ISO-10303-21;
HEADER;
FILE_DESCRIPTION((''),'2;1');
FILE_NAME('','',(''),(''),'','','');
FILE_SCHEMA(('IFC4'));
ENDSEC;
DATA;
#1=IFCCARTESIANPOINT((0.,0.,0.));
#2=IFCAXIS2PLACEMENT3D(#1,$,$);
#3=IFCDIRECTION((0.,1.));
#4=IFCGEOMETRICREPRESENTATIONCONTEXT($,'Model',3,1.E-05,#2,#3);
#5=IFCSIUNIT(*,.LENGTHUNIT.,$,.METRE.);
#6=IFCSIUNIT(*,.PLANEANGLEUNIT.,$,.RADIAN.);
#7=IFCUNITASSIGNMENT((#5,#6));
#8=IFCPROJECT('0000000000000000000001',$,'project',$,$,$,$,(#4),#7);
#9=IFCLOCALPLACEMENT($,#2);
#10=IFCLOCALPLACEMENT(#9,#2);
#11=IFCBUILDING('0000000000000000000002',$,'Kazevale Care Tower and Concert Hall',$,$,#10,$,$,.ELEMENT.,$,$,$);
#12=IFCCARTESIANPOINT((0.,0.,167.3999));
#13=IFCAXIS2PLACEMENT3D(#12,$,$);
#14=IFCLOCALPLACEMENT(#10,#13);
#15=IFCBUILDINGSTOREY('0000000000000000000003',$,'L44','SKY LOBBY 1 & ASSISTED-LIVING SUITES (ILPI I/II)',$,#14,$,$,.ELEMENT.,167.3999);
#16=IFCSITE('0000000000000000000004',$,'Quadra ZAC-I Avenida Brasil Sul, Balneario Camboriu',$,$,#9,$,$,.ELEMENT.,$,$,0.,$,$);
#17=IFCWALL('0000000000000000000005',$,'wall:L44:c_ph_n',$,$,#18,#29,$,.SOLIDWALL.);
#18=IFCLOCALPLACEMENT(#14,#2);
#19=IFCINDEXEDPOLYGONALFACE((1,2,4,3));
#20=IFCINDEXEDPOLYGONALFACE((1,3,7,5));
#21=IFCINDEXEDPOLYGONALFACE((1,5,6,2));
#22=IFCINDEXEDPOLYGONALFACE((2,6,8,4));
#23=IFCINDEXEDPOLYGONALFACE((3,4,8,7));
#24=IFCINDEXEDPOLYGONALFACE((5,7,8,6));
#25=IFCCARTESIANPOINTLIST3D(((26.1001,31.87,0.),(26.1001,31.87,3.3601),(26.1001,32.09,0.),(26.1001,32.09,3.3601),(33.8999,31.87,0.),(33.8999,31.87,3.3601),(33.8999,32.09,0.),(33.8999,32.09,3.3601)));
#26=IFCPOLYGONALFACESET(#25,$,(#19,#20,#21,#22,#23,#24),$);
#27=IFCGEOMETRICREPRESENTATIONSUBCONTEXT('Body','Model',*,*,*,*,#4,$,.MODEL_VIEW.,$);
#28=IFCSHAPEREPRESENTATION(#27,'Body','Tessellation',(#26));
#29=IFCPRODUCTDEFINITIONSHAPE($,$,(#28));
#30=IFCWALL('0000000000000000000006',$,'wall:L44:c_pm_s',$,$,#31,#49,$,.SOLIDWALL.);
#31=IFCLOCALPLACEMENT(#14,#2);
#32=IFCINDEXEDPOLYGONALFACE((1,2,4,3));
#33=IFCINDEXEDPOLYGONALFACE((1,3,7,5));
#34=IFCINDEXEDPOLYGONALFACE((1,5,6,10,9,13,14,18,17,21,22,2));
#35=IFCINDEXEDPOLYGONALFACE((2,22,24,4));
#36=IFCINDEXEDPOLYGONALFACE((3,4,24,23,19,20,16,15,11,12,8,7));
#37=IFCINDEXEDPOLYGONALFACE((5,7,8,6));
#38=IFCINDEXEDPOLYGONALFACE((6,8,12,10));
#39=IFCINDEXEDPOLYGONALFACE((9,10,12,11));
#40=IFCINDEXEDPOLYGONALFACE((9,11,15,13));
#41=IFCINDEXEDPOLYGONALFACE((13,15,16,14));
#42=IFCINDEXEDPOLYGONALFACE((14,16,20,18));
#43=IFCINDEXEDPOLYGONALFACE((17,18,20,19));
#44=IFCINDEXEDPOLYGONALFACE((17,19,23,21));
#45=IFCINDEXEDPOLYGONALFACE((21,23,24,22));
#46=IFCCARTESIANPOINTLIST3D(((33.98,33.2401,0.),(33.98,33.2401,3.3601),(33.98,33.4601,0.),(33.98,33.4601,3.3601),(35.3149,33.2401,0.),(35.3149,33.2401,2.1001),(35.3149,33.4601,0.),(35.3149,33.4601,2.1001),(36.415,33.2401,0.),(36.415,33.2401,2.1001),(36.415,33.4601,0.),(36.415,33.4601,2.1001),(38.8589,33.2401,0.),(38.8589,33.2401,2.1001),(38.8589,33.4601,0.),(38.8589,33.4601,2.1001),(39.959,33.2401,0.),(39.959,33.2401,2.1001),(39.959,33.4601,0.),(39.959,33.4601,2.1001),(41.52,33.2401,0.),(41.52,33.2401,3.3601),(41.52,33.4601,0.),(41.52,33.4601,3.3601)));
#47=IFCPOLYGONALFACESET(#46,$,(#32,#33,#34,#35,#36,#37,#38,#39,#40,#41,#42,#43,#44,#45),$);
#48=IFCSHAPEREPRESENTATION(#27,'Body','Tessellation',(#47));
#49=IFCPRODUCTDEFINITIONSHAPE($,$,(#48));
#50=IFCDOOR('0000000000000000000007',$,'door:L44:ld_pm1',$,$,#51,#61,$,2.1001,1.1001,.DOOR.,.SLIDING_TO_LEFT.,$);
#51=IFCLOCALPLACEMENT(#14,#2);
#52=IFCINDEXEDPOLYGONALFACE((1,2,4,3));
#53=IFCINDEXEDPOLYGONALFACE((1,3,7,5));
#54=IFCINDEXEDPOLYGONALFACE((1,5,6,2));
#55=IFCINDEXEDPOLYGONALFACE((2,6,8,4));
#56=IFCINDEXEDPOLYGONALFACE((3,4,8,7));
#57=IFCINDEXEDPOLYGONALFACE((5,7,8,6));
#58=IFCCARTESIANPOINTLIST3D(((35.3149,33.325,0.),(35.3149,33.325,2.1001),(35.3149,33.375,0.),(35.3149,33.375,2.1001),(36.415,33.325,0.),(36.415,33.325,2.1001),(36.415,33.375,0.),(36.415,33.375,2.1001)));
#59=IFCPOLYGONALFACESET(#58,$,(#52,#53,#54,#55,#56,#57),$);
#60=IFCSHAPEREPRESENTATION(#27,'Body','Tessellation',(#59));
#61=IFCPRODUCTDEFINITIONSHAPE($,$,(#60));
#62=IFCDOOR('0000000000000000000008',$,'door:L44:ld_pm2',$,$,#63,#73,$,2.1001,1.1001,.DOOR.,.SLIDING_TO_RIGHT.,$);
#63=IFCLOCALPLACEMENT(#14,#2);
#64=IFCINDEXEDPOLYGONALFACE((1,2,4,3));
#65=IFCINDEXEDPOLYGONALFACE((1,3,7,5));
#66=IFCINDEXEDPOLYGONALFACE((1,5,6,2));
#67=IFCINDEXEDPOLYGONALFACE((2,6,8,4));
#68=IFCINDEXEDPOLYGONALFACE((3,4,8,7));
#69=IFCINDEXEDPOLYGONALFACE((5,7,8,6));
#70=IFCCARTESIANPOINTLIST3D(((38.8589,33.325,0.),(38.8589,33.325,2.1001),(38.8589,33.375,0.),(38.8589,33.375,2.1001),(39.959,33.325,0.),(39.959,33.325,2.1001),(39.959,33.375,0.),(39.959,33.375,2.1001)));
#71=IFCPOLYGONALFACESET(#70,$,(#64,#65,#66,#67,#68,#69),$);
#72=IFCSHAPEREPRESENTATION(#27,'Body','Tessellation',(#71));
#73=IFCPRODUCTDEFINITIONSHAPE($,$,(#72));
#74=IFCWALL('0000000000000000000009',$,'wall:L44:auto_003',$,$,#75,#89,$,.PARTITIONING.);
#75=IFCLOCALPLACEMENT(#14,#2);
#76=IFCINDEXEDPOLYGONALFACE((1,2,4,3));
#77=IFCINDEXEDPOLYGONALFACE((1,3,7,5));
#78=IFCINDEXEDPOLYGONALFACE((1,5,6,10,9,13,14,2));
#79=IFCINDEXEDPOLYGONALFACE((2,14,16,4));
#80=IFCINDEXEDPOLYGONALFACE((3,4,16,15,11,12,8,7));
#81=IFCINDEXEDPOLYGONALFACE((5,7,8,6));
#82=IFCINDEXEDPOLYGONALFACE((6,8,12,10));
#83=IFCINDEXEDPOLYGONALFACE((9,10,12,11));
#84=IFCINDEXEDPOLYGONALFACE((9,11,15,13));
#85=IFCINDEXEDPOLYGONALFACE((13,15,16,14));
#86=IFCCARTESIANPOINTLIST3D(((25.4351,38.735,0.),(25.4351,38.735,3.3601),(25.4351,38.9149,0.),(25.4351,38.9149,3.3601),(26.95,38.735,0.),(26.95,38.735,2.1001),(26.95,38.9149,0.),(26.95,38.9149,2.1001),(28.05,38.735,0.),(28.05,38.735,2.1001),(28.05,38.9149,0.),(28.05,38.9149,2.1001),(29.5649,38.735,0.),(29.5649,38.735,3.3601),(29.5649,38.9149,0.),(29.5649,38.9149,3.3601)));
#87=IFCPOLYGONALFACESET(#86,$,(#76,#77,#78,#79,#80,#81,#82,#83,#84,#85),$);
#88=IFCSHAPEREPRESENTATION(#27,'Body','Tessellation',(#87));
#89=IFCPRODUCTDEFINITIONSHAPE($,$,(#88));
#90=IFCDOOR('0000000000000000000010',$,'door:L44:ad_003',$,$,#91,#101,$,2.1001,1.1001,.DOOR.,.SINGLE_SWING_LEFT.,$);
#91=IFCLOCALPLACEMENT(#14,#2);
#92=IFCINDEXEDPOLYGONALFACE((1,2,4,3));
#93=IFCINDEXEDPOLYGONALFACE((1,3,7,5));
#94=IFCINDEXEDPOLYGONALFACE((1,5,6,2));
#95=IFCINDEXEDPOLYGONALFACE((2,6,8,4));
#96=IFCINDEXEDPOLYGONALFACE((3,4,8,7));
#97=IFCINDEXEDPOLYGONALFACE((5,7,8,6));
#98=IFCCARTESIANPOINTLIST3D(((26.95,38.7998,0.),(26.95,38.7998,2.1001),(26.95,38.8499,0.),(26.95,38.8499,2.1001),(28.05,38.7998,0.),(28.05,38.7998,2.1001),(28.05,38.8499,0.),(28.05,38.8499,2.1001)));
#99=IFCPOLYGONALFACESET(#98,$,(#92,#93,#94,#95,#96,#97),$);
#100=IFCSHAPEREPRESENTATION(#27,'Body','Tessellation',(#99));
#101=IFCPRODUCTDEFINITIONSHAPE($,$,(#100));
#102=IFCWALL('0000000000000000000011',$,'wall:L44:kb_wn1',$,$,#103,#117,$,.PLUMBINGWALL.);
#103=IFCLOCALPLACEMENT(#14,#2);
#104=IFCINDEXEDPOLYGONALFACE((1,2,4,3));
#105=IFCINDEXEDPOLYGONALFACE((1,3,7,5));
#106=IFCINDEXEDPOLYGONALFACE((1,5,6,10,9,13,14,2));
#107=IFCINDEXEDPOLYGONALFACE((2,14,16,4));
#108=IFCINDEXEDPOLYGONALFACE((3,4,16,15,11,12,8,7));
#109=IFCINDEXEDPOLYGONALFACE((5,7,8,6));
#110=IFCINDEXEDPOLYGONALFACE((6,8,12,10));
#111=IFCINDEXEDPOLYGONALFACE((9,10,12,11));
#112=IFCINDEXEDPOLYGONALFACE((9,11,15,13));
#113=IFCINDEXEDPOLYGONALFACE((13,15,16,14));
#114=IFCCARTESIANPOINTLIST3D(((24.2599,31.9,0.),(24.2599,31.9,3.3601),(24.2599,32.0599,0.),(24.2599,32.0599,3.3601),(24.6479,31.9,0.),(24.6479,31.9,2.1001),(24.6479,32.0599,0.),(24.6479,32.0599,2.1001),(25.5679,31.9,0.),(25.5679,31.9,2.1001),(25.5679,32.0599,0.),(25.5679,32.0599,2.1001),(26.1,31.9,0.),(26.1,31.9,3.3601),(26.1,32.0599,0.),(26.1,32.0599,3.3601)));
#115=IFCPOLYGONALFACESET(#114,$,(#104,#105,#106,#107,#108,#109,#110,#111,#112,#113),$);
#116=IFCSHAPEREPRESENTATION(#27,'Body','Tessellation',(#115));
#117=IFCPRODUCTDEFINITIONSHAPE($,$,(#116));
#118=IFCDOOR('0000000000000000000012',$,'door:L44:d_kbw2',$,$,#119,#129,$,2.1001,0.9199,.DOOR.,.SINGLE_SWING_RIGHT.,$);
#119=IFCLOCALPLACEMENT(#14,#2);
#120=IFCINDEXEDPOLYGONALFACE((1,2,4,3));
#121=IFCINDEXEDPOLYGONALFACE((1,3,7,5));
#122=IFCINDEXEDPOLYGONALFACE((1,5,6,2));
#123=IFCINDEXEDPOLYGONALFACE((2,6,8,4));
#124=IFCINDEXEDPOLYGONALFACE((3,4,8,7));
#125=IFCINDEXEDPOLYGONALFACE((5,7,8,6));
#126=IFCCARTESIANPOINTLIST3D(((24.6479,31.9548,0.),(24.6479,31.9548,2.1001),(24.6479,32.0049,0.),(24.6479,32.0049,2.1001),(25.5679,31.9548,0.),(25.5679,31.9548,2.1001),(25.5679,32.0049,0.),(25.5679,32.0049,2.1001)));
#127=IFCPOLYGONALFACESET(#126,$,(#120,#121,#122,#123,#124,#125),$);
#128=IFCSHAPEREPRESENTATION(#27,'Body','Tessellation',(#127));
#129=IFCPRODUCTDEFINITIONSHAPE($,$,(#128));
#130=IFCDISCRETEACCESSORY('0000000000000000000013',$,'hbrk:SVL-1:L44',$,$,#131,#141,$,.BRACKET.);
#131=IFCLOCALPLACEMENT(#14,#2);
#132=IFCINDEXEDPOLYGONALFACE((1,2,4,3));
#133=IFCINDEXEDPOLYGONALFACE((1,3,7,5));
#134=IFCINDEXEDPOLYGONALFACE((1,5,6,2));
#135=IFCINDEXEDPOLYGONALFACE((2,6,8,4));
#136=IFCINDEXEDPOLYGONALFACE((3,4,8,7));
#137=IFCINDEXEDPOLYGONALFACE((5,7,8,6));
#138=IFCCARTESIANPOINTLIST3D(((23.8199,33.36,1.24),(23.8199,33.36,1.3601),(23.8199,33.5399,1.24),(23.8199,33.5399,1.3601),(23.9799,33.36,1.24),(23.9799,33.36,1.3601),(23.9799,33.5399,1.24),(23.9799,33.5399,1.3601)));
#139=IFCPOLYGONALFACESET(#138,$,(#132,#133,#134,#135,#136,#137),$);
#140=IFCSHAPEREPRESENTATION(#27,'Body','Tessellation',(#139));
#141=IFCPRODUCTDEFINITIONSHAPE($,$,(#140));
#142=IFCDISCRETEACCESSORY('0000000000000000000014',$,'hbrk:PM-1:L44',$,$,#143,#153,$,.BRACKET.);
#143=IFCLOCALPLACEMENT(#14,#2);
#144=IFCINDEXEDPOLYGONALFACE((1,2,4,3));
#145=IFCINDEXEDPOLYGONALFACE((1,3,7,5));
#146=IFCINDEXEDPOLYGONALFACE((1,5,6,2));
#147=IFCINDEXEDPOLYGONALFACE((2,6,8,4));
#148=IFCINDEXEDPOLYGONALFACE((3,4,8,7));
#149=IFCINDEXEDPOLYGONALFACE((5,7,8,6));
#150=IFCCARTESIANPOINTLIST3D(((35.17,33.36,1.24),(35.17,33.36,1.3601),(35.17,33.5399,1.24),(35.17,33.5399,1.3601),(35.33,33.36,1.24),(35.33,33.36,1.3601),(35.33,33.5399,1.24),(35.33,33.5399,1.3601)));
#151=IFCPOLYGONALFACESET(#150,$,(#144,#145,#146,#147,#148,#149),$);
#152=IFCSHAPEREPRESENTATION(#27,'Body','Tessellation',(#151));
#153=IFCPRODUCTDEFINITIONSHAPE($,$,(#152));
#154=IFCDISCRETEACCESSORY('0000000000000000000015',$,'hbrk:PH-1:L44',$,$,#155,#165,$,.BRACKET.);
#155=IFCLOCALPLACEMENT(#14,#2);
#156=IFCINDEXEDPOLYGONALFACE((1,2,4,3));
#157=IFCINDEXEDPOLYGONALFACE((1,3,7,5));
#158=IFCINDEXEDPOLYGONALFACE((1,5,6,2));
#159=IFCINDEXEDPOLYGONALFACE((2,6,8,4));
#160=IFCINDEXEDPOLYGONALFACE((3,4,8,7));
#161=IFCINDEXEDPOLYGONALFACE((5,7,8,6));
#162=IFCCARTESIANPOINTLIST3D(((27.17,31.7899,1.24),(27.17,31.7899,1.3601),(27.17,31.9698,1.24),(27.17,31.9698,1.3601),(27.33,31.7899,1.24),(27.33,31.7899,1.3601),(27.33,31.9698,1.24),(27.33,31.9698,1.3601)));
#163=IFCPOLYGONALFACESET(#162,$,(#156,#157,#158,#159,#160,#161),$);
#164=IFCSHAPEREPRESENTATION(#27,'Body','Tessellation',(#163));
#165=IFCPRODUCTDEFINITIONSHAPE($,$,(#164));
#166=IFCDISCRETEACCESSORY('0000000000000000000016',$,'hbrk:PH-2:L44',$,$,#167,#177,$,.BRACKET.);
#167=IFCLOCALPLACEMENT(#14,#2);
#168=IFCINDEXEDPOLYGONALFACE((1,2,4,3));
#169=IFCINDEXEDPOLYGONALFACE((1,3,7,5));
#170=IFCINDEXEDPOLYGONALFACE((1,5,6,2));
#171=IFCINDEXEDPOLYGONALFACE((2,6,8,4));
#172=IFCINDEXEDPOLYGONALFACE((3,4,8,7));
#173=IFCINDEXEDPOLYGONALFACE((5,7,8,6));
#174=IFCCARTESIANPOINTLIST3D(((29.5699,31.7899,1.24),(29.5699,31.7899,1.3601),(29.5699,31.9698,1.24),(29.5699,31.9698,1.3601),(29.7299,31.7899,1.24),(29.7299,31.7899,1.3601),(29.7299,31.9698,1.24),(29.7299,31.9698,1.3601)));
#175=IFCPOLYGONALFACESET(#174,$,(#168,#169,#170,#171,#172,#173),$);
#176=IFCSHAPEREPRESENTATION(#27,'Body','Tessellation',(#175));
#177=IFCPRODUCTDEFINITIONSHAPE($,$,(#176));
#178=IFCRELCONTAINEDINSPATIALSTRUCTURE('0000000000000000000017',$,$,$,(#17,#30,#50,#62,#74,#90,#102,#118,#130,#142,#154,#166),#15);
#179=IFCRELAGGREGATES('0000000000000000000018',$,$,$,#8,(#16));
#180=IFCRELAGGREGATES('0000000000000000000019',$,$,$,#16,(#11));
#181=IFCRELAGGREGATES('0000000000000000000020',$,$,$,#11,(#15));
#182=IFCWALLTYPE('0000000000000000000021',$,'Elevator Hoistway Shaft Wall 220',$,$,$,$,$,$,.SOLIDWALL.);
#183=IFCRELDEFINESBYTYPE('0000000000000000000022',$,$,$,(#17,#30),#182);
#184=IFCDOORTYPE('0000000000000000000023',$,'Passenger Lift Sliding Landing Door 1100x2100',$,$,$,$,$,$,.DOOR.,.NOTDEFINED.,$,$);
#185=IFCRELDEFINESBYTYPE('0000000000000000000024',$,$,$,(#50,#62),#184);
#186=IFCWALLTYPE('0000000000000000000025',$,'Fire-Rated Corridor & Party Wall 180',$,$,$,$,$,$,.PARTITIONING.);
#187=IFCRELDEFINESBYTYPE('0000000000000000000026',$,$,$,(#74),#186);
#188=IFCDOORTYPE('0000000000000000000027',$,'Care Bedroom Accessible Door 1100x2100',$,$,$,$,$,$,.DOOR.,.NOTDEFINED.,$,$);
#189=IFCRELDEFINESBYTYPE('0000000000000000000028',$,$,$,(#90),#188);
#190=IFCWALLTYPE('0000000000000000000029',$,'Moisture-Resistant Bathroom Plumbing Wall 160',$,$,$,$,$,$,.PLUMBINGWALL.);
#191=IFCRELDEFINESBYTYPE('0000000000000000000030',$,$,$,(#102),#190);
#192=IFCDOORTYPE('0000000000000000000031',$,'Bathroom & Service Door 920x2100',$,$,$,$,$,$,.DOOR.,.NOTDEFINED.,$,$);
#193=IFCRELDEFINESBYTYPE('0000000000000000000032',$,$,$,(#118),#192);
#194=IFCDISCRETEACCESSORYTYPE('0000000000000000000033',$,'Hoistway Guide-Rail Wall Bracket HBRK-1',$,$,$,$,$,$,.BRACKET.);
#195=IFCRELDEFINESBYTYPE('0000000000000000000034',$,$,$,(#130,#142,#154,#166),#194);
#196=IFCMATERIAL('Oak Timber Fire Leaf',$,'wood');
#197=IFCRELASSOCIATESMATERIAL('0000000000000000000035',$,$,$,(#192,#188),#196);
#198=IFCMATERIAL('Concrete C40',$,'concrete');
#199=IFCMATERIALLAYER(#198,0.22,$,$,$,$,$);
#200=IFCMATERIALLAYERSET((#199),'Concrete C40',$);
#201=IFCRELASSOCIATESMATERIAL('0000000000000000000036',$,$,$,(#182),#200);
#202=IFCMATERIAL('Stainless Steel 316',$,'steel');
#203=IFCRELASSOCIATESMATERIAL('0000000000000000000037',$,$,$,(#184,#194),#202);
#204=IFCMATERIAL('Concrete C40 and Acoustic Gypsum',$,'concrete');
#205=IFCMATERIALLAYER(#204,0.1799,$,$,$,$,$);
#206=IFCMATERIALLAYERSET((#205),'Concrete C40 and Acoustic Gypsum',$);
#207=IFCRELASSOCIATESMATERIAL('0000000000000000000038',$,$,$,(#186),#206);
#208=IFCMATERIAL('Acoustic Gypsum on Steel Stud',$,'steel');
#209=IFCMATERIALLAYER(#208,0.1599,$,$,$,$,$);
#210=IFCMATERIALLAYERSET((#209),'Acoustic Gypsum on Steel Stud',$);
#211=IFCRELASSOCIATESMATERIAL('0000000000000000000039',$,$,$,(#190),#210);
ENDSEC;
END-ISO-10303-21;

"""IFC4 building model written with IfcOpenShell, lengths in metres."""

from ifc_helpers import new_model, si_unit, direction, frame, frame_2d, origin, origin_2d, place, context, subcontext, project, spatial, rectangle, extrude, material, layer, layer_set, type_object, element, fill, save


model = new_model("IFC4")

# Units and contexts
model_context = context("Model", 3, precision=1e-05, world=origin(), true_north=direction((0.0, 1.0)))
body_context = subcontext(model_context, "Body", "Model", "MODEL_VIEW")
ifc_project = project(units=[si_unit("LENGTHUNIT", "METRE"), si_unit("PLANEANGLEUNIT", "RADIAN")], contexts=[model_context])

# Site, building, storey
site_placement = place(None, origin())
site = spatial("IfcSite", under=ifc_project, at=site_placement, Name="Quadra ZAC-I Avenida Brasil Sul, Balneario Camboriu", CompositionType="ELEMENT", RefElevation=0.0)
building_placement = place(site_placement, origin())
building = spatial("IfcBuilding", under=site, at=building_placement, Name="Kazevale Care Tower and Concert Hall", CompositionType="ELEMENT")
storey_placement = place(building_placement, frame((0.0, 0.0, 167.3999)))
storey = spatial("IfcBuildingStorey", under=building, at=storey_placement, Name="L44", Description="SKY LOBBY 1 & ASSISTED-LIVING SUITES (ILPI I/II)", CompositionType="ELEMENT", Elevation=167.3999)

# Shared definitions
ifc_material_1 = material(Name="Acoustic Gypsum on Steel Stud", Category="steel")
ifc_material_2 = material(Name="Oak Timber Fire Leaf", Category="wood")
door_type_1 = type_object("IfcDoorType", Name="Bathroom & Service Door 920x2100", OperationType="NOTDEFINED", PredefinedType="DOOR", material=ifc_material_2)

# Wall
ifc_material_3 = material(Name="Concrete C40", Category="concrete")
ifc_layer_1 = layer(ifc_material_3, 0.22)
ifc_layer_set_1 = layer_set([ifc_layer_1], Name="Concrete C40")
wall_type_1 = type_object("IfcWallType", Name="Elevator Hoistway Shaft Wall 220", PredefinedType="SOLIDWALL", material=ifc_layer_set_1)
wall_1_placement = place(storey_placement, frame((26.1001, 31.98, 0.0), z_axis=(0.0, 0.0, 1.0), x_axis=(1.0, 0.0, 0.0)))
element("IfcWall", 1, at=wall_1_placement, inside=storey, type_object=wall_type_1, Name="wall:L44:c_ph_n", PredefinedType="SOLIDWALL", context=body_context, shape_type="SweptSolid", body=[
    extrude(rectangle(XDim=7.7998, YDim=0.22, at=frame_2d((3.8999, 0.0))), origin(), (0.0, 0.0, 1.0), 3.3601),
])

# Wall, openings, doors
wall_2_placement = place(storey_placement, frame((33.98, 33.3501, 0.0), z_axis=(0.0, 0.0, 1.0), x_axis=(1.0, 0.0, 0.0)))
wall_2 = element("IfcWall", 2, at=wall_2_placement, inside=storey, type_object=wall_type_1, Name="wall:L44:c_pm_s", PredefinedType="SOLIDWALL", context=body_context, shape_type="SweptSolid", body=[
    extrude(rectangle(XDim=7.54, YDim=0.22, at=frame_2d((3.77, 0.0))), origin(), (0.0, 0.0, 1.0), 3.3601),
])
opening_1_placement = place(wall_2_placement, frame((1.335, 0.0, 0.0)))
opening_1 = element("IfcOpeningElement", 3, at=opening_1_placement, cuts=wall_2, PredefinedType="OPENING", context=body_context, shape_type="SweptSolid", body=[
    extrude(rectangle(XDim=1.1001, YDim=2.1001, at=frame_2d((0.55, 1.05))), frame((0.0, 0.1199, 0.0), z_axis=(0.0, -1.0, 0.0), x_axis=(1.0, 0.0, 0.0)), (0.0, 0.0, 1.0), 0.24),
])
opening_2_placement = place(wall_2_placement, frame((4.8789, 0.0, 0.0)))
opening_2 = element("IfcOpeningElement", 4, at=opening_2_placement, cuts=wall_2, PredefinedType="OPENING", context=body_context, shape_type="SweptSolid", body=[
    extrude(rectangle(XDim=1.1001, YDim=2.1001, at=frame_2d((0.55, 1.05))), frame((0.0, 0.1199, 0.0), z_axis=(0.0, -1.0, 0.0), x_axis=(1.0, 0.0, 0.0)), (0.0, 0.0, 1.0), 0.24),
])
ifc_material_4 = material(Name="Stainless Steel 316", Category="steel")
door_type_2 = type_object("IfcDoorType", Name="Passenger Lift Sliding Landing Door 1100x2100", OperationType="NOTDEFINED", PredefinedType="DOOR", material=ifc_material_4)
door_1_placement = place(opening_1_placement, origin())
door_1 = element("IfcDoor", 5, at=door_1_placement, inside=storey, type_object=door_type_2, Name="door:L44:ld_pm1", OperationType="SLIDING_TO_LEFT", OverallHeight=2.1001, OverallWidth=1.1001, PredefinedType="DOOR", context=body_context, shape_type="SweptSolid", body=[
    extrude(rectangle(XDim=1.1001, YDim=2.1001, at=frame_2d((0.55, 1.05))), frame((0.0, 0.0249, 0.0), z_axis=(0.0, -1.0, 0.0), x_axis=(1.0, 0.0, 0.0)), (0.0, 0.0, 1.0), 0.05),
])
fill(opening_1, door_1)
door_2_placement = place(opening_2_placement, origin())
door_2 = element("IfcDoor", 6, at=door_2_placement, inside=storey, type_object=door_type_2, Name="door:L44:ld_pm2", OperationType="SLIDING_TO_RIGHT", OverallHeight=2.1001, OverallWidth=1.1001, PredefinedType="DOOR", context=body_context, shape_type="SweptSolid", body=[
    extrude(rectangle(XDim=1.1001, YDim=2.1001, at=frame_2d((0.55, 1.05))), frame((0.0, 0.0249, 0.0), z_axis=(0.0, -1.0, 0.0), x_axis=(1.0, 0.0, 0.0)), (0.0, 0.0, 1.0), 0.05),
])
fill(opening_2, door_2)

# Walls, openings, doors
ifc_material_5 = material(Name="Concrete C40 and Acoustic Gypsum", Category="concrete")
ifc_layer_2 = layer(ifc_material_5, 0.1799)
ifc_layer_set_2 = layer_set([ifc_layer_2], Name="Concrete C40 and Acoustic Gypsum")
wall_type_2 = type_object("IfcWallType", Name="Fire-Rated Corridor & Party Wall 180", PredefinedType="PARTITIONING", material=ifc_layer_set_2)
wall_3_placement = place(storey_placement, frame((25.4351, 38.825, 0.0), z_axis=(0.0, 0.0, 1.0), x_axis=(1.0, 0.0, 0.0)))
wall_3 = element("IfcWall", 7, at=wall_3_placement, inside=storey, type_object=wall_type_2, Name="wall:L44:auto_003", PredefinedType="PARTITIONING", context=body_context, shape_type="SweptSolid", body=[
    extrude(rectangle(XDim=4.1299, YDim=0.1799, at=frame_2d((2.0649, 0.0))), origin(), (0.0, 0.0, 1.0), 3.3601),
])
opening_3_placement = place(wall_3_placement, frame((1.5149, 0.0, 0.0)))
opening_3 = element("IfcOpeningElement", 8, at=opening_3_placement, cuts=wall_3, PredefinedType="OPENING", context=body_context, shape_type="SweptSolid", body=[
    extrude(rectangle(XDim=1.1001, YDim=2.1001, at=frame_2d((0.55, 1.05))), frame((0.0, 0.0999, 0.0), z_axis=(0.0, -1.0, 0.0), x_axis=(1.0, 0.0, 0.0)), (0.0, 0.0, 1.0), 0.2),
])
door_type_3 = type_object("IfcDoorType", Name="Care Bedroom Accessible Door 1100x2100", OperationType="NOTDEFINED", PredefinedType="DOOR", material=ifc_material_2)
door_3_placement = place(opening_3_placement, origin())
door_3 = element("IfcDoor", 9, at=door_3_placement, inside=storey, type_object=door_type_3, Name="door:L44:ad_003", OperationType="SINGLE_SWING_LEFT", OverallHeight=2.1001, OverallWidth=1.1001, PredefinedType="DOOR", context=body_context, shape_type="SweptSolid", body=[
    extrude(rectangle(XDim=1.1001, YDim=2.1001, at=frame_2d((0.55, 1.05))), frame((0.0, 0.0249, 0.0), z_axis=(0.0, -1.0, 0.0), x_axis=(1.0, 0.0, 0.0)), (0.0, 0.0, 1.0), 0.05),
])
fill(opening_3, door_3)
ifc_layer_3 = layer(ifc_material_1, 0.1599)
ifc_layer_set_3 = layer_set([ifc_layer_3], Name="Acoustic Gypsum on Steel Stud")
wall_type_3 = type_object("IfcWallType", Name="Moisture-Resistant Bathroom Plumbing Wall 160", PredefinedType="PLUMBINGWALL", material=ifc_layer_set_3)
wall_4_placement = place(storey_placement, frame((24.26, 31.98, 0.0), z_axis=(0.0, 0.0, 1.0), x_axis=(1.0, 0.0, 0.0)))
wall_4 = element("IfcWall", 10, at=wall_4_placement, inside=storey, type_object=wall_type_3, Name="wall:L44:kb_wn1", PredefinedType="PLUMBINGWALL", context=body_context, shape_type="SweptSolid", body=[
    extrude(rectangle(XDim=1.8401, YDim=0.1599, at=frame_2d((0.9199, 0.0))), origin(), (0.0, 0.0, 1.0), 3.3601),
])
opening_4_placement = place(wall_4_placement, frame((0.3879, 0.0, 0.0)))
opening_4 = element("IfcOpeningElement", 11, at=opening_4_placement, cuts=wall_4, PredefinedType="OPENING", context=body_context, shape_type="SweptSolid", body=[
    extrude(rectangle(XDim=0.9199, YDim=2.1001, at=frame_2d((0.46, 1.05))), frame((0.0, 0.0898, 0.0), z_axis=(0.0, -1.0, 0.0), x_axis=(1.0, 0.0, 0.0)), (0.0, 0.0, 1.0), 0.1799),
])
door_4_placement = place(opening_4_placement, origin())
door_4 = element("IfcDoor", 12, at=door_4_placement, inside=storey, type_object=door_type_1, Name="door:L44:d_kbw2", OperationType="SINGLE_SWING_RIGHT", OverallHeight=2.1001, OverallWidth=0.9199, PredefinedType="DOOR", context=body_context, shape_type="SweptSolid", body=[
    extrude(rectangle(XDim=0.9199, YDim=2.1001, at=frame_2d((0.46, 1.05))), frame((0.0, 0.0249, 0.0), z_axis=(0.0, -1.0, 0.0), x_axis=(1.0, 0.0, 0.0)), (0.0, 0.0, 1.0), 0.05),
])
fill(opening_4, door_4)

# Discrete accessories
discrete_accessory_type = type_object("IfcDiscreteAccessoryType", Name="Hoistway Guide-Rail Wall Bracket HBRK-1", PredefinedType="BRACKET", material=ifc_material_4)
for number, where, z_axis, x_axis, name in (
    (13, (23.8999, 33.45, 1.24), (0.0, 0.0, 1.0), (1.0, 0.0, 0.0), "hbrk:SVL-1:L44"),
    (14, (35.25, 33.45, 1.24), (0.0, 0.0, 1.0), (1.0, 0.0, 0.0), "hbrk:PM-1:L44"),
    (15, (27.25, 31.8799, 1.24), (0.0, 0.0, 1.0), (1.0, 0.0, 0.0), "hbrk:PH-1:L44"),
    (16, (29.6499, 31.8799, 1.24), (0.0, 0.0, 1.0), (1.0, 0.0, 0.0), "hbrk:PH-2:L44"),
):
    element("IfcDiscreteAccessory", number, at=place(storey_placement, frame(where, z_axis=z_axis, x_axis=x_axis)), inside=storey, type_object=discrete_accessory_type, Name=name, PredefinedType="BRACKET", context=body_context, shape_type="SweptSolid", body=[
        extrude(rectangle(XDim=0.1599, YDim=0.1799, at=origin_2d()), origin(), (0.0, 0.0, 1.0), 0.1201),
    ])

save(model, "model.ifc")
